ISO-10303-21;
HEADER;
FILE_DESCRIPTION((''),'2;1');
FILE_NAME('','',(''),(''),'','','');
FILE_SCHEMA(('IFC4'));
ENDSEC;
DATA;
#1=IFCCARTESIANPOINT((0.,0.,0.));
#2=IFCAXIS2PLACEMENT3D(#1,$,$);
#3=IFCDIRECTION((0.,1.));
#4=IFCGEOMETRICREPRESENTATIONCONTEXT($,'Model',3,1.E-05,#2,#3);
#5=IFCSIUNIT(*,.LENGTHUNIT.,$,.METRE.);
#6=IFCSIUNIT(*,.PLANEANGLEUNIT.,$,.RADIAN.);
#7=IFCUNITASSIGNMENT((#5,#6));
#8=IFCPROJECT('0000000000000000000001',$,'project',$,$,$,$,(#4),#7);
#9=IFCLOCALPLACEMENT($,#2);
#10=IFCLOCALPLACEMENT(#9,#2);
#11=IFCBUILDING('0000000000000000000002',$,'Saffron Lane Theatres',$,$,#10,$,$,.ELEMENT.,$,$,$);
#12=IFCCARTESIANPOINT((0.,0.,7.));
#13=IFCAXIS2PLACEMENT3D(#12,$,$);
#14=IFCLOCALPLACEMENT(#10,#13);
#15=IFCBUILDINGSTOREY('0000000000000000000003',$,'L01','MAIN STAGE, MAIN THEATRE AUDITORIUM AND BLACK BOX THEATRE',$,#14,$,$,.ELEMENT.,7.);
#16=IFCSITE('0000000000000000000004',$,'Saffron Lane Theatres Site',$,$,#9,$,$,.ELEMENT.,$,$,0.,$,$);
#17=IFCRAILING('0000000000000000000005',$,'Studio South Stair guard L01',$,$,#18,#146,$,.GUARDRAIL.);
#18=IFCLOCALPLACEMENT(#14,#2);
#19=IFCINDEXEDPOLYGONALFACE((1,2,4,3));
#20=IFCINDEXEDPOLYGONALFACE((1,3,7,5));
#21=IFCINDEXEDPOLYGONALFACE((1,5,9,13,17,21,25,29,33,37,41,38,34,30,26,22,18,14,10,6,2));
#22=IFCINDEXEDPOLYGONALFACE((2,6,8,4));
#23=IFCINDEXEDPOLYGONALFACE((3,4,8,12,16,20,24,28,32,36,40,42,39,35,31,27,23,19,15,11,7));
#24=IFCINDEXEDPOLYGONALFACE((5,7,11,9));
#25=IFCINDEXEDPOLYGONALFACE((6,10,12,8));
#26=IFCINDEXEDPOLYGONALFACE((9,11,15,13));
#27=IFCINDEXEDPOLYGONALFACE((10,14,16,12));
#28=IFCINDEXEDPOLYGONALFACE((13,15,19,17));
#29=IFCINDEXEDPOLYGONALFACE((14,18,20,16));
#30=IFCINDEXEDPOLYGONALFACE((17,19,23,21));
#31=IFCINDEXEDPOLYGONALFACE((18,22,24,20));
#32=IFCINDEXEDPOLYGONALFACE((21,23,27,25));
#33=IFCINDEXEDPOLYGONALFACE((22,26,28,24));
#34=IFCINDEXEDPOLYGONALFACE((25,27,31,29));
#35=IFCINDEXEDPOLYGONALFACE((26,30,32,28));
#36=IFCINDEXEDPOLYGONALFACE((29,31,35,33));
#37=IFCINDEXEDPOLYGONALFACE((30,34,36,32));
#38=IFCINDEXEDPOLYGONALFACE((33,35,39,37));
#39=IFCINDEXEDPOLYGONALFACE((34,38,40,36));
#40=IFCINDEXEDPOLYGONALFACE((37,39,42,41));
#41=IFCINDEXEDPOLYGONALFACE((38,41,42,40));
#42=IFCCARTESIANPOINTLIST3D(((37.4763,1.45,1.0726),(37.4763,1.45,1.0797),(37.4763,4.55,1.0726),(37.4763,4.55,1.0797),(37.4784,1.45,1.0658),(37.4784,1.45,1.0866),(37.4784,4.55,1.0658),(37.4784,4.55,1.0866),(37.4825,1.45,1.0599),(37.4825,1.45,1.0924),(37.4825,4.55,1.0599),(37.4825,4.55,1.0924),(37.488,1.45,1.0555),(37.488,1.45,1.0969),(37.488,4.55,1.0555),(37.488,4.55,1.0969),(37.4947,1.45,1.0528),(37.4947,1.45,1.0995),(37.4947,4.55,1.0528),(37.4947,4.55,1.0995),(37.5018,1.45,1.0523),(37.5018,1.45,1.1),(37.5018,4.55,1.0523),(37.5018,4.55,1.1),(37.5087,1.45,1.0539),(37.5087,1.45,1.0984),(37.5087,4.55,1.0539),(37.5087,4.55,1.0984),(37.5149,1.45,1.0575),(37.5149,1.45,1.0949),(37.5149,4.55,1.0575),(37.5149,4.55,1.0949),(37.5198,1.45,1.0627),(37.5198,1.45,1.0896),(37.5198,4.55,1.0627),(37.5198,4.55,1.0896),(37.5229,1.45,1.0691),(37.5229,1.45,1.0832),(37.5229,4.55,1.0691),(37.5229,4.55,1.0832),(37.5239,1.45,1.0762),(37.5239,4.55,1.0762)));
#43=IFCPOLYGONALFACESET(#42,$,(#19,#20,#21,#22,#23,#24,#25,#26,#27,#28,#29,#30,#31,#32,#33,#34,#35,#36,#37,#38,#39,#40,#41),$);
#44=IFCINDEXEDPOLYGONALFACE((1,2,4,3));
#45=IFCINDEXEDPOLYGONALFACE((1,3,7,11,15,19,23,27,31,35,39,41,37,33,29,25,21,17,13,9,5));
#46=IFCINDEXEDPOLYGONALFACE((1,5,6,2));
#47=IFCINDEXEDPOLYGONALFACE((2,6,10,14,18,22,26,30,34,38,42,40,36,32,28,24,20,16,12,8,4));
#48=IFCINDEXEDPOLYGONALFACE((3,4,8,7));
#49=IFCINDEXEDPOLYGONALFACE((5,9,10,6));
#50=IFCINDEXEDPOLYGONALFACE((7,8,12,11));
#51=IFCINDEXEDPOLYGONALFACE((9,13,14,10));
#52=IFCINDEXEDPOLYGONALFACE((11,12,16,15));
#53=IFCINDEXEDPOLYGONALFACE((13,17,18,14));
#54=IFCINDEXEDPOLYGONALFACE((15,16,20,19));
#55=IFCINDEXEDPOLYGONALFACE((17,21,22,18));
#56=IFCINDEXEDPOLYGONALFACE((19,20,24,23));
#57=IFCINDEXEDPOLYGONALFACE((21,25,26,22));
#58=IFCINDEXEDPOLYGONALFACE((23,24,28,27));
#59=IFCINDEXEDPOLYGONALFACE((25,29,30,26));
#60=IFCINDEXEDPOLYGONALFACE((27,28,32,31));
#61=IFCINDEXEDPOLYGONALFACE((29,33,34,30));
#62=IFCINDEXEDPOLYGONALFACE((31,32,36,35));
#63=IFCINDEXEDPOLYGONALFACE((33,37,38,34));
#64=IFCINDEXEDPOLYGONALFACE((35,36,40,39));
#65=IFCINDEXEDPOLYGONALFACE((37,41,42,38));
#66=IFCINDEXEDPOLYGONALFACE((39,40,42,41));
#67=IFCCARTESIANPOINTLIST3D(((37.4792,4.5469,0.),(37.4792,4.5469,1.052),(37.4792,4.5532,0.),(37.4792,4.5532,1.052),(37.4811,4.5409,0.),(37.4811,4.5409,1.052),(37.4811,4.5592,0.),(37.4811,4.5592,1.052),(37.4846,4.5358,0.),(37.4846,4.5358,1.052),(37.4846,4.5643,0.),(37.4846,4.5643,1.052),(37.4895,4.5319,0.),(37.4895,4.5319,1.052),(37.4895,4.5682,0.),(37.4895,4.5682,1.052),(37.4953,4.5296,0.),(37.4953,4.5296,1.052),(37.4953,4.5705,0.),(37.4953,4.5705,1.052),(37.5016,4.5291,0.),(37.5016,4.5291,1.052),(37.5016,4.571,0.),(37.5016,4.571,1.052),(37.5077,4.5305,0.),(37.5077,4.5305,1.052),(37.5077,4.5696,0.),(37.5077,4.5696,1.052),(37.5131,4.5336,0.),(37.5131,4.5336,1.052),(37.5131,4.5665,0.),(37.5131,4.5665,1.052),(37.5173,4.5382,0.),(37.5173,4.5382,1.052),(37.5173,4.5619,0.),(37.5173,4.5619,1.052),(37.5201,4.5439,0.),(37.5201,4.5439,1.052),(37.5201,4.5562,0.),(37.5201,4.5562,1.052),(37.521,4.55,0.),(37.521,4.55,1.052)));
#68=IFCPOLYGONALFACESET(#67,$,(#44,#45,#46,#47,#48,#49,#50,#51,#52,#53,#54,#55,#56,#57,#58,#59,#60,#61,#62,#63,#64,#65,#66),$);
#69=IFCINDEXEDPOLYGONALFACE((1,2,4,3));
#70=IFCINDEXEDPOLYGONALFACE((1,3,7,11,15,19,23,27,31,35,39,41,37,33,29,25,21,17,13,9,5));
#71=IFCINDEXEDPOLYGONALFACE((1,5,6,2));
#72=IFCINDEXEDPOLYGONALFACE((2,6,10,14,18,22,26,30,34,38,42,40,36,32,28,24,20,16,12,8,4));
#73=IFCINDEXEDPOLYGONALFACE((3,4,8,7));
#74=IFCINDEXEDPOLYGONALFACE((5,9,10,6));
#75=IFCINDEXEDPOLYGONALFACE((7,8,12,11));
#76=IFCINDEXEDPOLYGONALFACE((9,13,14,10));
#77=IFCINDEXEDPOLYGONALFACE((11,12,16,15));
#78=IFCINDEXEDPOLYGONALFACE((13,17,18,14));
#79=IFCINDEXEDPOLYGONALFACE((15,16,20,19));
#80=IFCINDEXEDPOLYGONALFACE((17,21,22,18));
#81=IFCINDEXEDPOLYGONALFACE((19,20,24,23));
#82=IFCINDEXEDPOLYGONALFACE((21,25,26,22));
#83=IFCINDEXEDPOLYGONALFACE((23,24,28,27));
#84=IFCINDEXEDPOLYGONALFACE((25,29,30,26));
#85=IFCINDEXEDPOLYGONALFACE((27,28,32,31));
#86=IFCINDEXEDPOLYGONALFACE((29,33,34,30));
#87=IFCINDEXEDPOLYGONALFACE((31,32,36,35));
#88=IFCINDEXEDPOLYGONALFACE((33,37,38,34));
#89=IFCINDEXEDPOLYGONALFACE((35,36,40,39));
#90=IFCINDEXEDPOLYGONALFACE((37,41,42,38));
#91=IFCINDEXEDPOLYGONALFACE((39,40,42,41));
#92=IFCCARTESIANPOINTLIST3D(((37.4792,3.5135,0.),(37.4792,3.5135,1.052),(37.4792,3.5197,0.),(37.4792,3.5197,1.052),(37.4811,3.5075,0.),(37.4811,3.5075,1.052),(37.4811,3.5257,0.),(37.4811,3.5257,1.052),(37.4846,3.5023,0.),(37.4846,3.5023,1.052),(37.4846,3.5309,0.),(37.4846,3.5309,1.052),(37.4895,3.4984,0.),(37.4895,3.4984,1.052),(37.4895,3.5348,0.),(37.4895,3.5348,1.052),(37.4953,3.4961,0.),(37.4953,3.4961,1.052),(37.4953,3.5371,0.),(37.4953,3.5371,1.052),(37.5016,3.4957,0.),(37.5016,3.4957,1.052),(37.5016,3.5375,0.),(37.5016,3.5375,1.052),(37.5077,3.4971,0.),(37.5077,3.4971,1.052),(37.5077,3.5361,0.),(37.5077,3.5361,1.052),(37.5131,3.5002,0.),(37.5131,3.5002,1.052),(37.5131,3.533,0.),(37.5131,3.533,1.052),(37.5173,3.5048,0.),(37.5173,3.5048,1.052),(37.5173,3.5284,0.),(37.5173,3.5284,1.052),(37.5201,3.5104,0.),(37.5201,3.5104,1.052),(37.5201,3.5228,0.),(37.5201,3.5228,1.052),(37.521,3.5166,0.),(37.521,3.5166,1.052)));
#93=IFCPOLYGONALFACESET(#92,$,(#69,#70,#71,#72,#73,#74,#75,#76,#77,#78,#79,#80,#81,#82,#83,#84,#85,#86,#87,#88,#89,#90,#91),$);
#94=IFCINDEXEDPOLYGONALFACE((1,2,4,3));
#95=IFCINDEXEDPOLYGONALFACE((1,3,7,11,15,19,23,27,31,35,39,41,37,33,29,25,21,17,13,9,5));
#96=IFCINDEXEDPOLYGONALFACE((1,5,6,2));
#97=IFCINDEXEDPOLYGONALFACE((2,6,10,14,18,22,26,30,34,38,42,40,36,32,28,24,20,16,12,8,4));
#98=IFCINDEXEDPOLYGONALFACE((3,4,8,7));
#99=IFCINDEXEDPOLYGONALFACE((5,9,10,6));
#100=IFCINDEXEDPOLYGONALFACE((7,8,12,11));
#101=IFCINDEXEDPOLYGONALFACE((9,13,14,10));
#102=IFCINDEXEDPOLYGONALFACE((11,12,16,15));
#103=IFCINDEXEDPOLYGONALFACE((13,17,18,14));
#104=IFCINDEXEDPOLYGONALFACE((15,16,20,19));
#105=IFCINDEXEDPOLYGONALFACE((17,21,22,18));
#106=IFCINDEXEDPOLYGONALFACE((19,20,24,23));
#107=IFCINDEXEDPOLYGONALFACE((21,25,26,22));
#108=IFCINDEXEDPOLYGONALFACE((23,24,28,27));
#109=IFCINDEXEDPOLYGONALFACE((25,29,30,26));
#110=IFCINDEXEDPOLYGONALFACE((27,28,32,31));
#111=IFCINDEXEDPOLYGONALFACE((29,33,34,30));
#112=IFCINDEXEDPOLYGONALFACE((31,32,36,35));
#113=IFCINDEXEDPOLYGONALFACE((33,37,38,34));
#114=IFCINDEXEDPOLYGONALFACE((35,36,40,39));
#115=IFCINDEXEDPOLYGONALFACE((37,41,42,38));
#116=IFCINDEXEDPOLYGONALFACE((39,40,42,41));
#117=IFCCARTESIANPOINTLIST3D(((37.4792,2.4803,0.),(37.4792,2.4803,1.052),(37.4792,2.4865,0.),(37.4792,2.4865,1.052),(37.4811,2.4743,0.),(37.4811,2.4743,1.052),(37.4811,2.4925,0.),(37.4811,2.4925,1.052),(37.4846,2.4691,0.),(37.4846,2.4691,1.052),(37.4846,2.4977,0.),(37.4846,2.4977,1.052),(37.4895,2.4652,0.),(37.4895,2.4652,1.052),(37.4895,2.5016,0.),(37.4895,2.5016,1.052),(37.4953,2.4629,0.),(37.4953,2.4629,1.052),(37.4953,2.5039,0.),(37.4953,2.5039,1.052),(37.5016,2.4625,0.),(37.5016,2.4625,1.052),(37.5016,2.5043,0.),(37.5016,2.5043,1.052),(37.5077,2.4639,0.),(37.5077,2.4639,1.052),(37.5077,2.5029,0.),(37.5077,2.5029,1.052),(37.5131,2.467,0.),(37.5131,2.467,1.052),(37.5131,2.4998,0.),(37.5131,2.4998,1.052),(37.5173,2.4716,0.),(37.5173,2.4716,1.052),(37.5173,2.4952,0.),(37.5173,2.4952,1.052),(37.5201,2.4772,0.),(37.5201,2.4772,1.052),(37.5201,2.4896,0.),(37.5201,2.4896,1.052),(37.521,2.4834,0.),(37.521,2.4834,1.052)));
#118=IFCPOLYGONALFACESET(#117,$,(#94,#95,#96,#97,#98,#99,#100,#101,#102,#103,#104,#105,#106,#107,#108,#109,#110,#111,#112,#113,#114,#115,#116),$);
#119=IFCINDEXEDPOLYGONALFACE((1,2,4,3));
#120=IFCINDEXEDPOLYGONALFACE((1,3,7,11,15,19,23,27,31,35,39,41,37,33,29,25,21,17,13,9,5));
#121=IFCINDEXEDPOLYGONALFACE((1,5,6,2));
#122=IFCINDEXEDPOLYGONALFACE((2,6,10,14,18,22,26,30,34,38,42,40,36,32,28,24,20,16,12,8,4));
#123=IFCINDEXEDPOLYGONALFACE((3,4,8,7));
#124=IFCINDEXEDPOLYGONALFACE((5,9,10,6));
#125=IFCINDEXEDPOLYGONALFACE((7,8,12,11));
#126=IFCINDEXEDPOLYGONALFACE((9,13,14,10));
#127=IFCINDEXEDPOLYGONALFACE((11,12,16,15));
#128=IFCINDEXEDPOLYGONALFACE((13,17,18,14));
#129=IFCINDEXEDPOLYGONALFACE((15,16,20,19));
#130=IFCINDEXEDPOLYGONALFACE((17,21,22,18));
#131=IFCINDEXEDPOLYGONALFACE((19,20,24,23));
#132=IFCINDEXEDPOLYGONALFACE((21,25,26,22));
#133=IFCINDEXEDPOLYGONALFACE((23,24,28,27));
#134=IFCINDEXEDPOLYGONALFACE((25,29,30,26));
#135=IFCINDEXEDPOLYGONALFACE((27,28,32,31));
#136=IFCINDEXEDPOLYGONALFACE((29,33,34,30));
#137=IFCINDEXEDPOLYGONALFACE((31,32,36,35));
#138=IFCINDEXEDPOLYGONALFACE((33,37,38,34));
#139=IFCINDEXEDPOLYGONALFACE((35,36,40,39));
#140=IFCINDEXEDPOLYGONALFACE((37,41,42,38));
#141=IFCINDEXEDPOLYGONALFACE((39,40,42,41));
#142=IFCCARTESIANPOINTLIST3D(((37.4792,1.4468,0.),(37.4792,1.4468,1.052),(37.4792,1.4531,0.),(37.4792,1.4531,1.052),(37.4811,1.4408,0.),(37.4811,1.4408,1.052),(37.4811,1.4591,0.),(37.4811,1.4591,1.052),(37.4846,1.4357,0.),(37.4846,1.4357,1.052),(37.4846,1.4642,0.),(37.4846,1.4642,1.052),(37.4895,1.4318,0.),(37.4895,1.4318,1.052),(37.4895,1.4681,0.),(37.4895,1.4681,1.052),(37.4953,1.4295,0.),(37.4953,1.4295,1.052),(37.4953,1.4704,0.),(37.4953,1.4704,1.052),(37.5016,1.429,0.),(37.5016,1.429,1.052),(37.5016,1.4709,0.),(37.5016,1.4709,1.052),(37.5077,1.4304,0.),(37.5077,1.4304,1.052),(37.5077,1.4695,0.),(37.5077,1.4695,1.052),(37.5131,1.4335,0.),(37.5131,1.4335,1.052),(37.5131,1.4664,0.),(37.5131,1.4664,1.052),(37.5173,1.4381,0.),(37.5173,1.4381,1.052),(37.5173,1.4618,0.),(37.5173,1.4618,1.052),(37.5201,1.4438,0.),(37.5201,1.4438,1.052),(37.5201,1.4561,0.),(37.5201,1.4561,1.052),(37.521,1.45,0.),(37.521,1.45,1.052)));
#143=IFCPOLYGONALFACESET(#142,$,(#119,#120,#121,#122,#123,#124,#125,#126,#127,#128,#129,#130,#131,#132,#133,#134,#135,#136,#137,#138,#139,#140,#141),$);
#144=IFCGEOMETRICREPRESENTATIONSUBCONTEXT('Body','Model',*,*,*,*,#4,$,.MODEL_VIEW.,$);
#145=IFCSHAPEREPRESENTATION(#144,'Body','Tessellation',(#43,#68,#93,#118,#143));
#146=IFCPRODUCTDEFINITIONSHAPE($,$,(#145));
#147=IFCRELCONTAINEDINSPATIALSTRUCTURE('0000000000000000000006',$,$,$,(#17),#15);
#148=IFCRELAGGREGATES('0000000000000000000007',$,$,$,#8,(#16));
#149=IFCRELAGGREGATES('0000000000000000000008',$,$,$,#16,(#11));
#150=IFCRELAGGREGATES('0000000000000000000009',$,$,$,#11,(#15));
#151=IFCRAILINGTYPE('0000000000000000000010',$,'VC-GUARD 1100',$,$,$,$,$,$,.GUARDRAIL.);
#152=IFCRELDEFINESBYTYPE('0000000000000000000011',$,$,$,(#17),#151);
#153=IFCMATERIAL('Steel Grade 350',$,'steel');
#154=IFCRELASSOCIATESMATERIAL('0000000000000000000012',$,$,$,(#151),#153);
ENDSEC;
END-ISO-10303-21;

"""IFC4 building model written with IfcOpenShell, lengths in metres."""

from ifc_helpers import new_model, si_unit, direction, frame, origin, origin_2d, place, context, subcontext, project, spatial, circle, extrude, material, type_object, element, save


model = new_model("IFC4")

# Units and contexts
model_context = context("Model", 3, precision=1e-05, world=origin(), true_north=direction((0.0, 1.0)))
body_context = subcontext(model_context, "Body", "Model", "MODEL_VIEW")
ifc_project = project(units=[si_unit("LENGTHUNIT", "METRE"), si_unit("PLANEANGLEUNIT", "RADIAN")], contexts=[model_context])

# Site, building, storey
site_placement = place(None, origin())
site = spatial("IfcSite", under=ifc_project, at=site_placement, Name="Saffron Lane Theatres Site", CompositionType="ELEMENT", RefElevation=0.0)
building_placement = place(site_placement, origin())
building = spatial("IfcBuilding", under=site, at=building_placement, Name="Saffron Lane Theatres", CompositionType="ELEMENT")
storey_placement = place(building_placement, frame((0.0, 0.0, 7.0)))
storey = spatial("IfcBuildingStorey", under=building, at=storey_placement, Name="L01", Description="MAIN STAGE, MAIN THEATRE AUDITORIUM AND BLACK BOX THEATRE", CompositionType="ELEMENT", Elevation=7.0)

# Railing
ifc_material_1 = material(Name="Steel Grade 350", Category="steel")
railing_type_1 = type_object("IfcRailingType", Name="VC-GUARD 1100", PredefinedType="GUARDRAIL", material=ifc_material_1)
railing_1_placement = place(storey_placement, frame((37.5, 4.55, 0.0)))
element("IfcRailing", 1, at=railing_1_placement, inside=storey, type_object=railing_type_1, Name="Studio South Stair guard L01", PredefinedType="GUARDRAIL", context=body_context, shape_type="SweptSolid", body=[
    extrude(circle(Radius=0.0239, at=origin_2d()), frame((0.0, 0.0, 1.0762), z_axis=(0.0, -1.0, 0.0), x_axis=(1.0, 0.0, 0.0)), (0.0, 0.0, 1.0), 3.1001),
    extrude(circle(Radius=0.021, at=origin_2d()), origin(), (0.0, 0.0, 1.0), 1.052),
    extrude(circle(Radius=0.021, at=origin_2d()), frame((0.0, -1.0334, 0.0)), (0.0, 0.0, 1.0), 1.052),
    extrude(circle(Radius=0.021, at=origin_2d()), frame((0.0, -2.0667, 0.0)), (0.0, 0.0, 1.0), 1.052),
    extrude(circle(Radius=0.021, at=origin_2d()), frame((0.0, -3.1001, 0.0)), (0.0, 0.0, 1.0), 1.052),
])

save(model, "model.ifc")
